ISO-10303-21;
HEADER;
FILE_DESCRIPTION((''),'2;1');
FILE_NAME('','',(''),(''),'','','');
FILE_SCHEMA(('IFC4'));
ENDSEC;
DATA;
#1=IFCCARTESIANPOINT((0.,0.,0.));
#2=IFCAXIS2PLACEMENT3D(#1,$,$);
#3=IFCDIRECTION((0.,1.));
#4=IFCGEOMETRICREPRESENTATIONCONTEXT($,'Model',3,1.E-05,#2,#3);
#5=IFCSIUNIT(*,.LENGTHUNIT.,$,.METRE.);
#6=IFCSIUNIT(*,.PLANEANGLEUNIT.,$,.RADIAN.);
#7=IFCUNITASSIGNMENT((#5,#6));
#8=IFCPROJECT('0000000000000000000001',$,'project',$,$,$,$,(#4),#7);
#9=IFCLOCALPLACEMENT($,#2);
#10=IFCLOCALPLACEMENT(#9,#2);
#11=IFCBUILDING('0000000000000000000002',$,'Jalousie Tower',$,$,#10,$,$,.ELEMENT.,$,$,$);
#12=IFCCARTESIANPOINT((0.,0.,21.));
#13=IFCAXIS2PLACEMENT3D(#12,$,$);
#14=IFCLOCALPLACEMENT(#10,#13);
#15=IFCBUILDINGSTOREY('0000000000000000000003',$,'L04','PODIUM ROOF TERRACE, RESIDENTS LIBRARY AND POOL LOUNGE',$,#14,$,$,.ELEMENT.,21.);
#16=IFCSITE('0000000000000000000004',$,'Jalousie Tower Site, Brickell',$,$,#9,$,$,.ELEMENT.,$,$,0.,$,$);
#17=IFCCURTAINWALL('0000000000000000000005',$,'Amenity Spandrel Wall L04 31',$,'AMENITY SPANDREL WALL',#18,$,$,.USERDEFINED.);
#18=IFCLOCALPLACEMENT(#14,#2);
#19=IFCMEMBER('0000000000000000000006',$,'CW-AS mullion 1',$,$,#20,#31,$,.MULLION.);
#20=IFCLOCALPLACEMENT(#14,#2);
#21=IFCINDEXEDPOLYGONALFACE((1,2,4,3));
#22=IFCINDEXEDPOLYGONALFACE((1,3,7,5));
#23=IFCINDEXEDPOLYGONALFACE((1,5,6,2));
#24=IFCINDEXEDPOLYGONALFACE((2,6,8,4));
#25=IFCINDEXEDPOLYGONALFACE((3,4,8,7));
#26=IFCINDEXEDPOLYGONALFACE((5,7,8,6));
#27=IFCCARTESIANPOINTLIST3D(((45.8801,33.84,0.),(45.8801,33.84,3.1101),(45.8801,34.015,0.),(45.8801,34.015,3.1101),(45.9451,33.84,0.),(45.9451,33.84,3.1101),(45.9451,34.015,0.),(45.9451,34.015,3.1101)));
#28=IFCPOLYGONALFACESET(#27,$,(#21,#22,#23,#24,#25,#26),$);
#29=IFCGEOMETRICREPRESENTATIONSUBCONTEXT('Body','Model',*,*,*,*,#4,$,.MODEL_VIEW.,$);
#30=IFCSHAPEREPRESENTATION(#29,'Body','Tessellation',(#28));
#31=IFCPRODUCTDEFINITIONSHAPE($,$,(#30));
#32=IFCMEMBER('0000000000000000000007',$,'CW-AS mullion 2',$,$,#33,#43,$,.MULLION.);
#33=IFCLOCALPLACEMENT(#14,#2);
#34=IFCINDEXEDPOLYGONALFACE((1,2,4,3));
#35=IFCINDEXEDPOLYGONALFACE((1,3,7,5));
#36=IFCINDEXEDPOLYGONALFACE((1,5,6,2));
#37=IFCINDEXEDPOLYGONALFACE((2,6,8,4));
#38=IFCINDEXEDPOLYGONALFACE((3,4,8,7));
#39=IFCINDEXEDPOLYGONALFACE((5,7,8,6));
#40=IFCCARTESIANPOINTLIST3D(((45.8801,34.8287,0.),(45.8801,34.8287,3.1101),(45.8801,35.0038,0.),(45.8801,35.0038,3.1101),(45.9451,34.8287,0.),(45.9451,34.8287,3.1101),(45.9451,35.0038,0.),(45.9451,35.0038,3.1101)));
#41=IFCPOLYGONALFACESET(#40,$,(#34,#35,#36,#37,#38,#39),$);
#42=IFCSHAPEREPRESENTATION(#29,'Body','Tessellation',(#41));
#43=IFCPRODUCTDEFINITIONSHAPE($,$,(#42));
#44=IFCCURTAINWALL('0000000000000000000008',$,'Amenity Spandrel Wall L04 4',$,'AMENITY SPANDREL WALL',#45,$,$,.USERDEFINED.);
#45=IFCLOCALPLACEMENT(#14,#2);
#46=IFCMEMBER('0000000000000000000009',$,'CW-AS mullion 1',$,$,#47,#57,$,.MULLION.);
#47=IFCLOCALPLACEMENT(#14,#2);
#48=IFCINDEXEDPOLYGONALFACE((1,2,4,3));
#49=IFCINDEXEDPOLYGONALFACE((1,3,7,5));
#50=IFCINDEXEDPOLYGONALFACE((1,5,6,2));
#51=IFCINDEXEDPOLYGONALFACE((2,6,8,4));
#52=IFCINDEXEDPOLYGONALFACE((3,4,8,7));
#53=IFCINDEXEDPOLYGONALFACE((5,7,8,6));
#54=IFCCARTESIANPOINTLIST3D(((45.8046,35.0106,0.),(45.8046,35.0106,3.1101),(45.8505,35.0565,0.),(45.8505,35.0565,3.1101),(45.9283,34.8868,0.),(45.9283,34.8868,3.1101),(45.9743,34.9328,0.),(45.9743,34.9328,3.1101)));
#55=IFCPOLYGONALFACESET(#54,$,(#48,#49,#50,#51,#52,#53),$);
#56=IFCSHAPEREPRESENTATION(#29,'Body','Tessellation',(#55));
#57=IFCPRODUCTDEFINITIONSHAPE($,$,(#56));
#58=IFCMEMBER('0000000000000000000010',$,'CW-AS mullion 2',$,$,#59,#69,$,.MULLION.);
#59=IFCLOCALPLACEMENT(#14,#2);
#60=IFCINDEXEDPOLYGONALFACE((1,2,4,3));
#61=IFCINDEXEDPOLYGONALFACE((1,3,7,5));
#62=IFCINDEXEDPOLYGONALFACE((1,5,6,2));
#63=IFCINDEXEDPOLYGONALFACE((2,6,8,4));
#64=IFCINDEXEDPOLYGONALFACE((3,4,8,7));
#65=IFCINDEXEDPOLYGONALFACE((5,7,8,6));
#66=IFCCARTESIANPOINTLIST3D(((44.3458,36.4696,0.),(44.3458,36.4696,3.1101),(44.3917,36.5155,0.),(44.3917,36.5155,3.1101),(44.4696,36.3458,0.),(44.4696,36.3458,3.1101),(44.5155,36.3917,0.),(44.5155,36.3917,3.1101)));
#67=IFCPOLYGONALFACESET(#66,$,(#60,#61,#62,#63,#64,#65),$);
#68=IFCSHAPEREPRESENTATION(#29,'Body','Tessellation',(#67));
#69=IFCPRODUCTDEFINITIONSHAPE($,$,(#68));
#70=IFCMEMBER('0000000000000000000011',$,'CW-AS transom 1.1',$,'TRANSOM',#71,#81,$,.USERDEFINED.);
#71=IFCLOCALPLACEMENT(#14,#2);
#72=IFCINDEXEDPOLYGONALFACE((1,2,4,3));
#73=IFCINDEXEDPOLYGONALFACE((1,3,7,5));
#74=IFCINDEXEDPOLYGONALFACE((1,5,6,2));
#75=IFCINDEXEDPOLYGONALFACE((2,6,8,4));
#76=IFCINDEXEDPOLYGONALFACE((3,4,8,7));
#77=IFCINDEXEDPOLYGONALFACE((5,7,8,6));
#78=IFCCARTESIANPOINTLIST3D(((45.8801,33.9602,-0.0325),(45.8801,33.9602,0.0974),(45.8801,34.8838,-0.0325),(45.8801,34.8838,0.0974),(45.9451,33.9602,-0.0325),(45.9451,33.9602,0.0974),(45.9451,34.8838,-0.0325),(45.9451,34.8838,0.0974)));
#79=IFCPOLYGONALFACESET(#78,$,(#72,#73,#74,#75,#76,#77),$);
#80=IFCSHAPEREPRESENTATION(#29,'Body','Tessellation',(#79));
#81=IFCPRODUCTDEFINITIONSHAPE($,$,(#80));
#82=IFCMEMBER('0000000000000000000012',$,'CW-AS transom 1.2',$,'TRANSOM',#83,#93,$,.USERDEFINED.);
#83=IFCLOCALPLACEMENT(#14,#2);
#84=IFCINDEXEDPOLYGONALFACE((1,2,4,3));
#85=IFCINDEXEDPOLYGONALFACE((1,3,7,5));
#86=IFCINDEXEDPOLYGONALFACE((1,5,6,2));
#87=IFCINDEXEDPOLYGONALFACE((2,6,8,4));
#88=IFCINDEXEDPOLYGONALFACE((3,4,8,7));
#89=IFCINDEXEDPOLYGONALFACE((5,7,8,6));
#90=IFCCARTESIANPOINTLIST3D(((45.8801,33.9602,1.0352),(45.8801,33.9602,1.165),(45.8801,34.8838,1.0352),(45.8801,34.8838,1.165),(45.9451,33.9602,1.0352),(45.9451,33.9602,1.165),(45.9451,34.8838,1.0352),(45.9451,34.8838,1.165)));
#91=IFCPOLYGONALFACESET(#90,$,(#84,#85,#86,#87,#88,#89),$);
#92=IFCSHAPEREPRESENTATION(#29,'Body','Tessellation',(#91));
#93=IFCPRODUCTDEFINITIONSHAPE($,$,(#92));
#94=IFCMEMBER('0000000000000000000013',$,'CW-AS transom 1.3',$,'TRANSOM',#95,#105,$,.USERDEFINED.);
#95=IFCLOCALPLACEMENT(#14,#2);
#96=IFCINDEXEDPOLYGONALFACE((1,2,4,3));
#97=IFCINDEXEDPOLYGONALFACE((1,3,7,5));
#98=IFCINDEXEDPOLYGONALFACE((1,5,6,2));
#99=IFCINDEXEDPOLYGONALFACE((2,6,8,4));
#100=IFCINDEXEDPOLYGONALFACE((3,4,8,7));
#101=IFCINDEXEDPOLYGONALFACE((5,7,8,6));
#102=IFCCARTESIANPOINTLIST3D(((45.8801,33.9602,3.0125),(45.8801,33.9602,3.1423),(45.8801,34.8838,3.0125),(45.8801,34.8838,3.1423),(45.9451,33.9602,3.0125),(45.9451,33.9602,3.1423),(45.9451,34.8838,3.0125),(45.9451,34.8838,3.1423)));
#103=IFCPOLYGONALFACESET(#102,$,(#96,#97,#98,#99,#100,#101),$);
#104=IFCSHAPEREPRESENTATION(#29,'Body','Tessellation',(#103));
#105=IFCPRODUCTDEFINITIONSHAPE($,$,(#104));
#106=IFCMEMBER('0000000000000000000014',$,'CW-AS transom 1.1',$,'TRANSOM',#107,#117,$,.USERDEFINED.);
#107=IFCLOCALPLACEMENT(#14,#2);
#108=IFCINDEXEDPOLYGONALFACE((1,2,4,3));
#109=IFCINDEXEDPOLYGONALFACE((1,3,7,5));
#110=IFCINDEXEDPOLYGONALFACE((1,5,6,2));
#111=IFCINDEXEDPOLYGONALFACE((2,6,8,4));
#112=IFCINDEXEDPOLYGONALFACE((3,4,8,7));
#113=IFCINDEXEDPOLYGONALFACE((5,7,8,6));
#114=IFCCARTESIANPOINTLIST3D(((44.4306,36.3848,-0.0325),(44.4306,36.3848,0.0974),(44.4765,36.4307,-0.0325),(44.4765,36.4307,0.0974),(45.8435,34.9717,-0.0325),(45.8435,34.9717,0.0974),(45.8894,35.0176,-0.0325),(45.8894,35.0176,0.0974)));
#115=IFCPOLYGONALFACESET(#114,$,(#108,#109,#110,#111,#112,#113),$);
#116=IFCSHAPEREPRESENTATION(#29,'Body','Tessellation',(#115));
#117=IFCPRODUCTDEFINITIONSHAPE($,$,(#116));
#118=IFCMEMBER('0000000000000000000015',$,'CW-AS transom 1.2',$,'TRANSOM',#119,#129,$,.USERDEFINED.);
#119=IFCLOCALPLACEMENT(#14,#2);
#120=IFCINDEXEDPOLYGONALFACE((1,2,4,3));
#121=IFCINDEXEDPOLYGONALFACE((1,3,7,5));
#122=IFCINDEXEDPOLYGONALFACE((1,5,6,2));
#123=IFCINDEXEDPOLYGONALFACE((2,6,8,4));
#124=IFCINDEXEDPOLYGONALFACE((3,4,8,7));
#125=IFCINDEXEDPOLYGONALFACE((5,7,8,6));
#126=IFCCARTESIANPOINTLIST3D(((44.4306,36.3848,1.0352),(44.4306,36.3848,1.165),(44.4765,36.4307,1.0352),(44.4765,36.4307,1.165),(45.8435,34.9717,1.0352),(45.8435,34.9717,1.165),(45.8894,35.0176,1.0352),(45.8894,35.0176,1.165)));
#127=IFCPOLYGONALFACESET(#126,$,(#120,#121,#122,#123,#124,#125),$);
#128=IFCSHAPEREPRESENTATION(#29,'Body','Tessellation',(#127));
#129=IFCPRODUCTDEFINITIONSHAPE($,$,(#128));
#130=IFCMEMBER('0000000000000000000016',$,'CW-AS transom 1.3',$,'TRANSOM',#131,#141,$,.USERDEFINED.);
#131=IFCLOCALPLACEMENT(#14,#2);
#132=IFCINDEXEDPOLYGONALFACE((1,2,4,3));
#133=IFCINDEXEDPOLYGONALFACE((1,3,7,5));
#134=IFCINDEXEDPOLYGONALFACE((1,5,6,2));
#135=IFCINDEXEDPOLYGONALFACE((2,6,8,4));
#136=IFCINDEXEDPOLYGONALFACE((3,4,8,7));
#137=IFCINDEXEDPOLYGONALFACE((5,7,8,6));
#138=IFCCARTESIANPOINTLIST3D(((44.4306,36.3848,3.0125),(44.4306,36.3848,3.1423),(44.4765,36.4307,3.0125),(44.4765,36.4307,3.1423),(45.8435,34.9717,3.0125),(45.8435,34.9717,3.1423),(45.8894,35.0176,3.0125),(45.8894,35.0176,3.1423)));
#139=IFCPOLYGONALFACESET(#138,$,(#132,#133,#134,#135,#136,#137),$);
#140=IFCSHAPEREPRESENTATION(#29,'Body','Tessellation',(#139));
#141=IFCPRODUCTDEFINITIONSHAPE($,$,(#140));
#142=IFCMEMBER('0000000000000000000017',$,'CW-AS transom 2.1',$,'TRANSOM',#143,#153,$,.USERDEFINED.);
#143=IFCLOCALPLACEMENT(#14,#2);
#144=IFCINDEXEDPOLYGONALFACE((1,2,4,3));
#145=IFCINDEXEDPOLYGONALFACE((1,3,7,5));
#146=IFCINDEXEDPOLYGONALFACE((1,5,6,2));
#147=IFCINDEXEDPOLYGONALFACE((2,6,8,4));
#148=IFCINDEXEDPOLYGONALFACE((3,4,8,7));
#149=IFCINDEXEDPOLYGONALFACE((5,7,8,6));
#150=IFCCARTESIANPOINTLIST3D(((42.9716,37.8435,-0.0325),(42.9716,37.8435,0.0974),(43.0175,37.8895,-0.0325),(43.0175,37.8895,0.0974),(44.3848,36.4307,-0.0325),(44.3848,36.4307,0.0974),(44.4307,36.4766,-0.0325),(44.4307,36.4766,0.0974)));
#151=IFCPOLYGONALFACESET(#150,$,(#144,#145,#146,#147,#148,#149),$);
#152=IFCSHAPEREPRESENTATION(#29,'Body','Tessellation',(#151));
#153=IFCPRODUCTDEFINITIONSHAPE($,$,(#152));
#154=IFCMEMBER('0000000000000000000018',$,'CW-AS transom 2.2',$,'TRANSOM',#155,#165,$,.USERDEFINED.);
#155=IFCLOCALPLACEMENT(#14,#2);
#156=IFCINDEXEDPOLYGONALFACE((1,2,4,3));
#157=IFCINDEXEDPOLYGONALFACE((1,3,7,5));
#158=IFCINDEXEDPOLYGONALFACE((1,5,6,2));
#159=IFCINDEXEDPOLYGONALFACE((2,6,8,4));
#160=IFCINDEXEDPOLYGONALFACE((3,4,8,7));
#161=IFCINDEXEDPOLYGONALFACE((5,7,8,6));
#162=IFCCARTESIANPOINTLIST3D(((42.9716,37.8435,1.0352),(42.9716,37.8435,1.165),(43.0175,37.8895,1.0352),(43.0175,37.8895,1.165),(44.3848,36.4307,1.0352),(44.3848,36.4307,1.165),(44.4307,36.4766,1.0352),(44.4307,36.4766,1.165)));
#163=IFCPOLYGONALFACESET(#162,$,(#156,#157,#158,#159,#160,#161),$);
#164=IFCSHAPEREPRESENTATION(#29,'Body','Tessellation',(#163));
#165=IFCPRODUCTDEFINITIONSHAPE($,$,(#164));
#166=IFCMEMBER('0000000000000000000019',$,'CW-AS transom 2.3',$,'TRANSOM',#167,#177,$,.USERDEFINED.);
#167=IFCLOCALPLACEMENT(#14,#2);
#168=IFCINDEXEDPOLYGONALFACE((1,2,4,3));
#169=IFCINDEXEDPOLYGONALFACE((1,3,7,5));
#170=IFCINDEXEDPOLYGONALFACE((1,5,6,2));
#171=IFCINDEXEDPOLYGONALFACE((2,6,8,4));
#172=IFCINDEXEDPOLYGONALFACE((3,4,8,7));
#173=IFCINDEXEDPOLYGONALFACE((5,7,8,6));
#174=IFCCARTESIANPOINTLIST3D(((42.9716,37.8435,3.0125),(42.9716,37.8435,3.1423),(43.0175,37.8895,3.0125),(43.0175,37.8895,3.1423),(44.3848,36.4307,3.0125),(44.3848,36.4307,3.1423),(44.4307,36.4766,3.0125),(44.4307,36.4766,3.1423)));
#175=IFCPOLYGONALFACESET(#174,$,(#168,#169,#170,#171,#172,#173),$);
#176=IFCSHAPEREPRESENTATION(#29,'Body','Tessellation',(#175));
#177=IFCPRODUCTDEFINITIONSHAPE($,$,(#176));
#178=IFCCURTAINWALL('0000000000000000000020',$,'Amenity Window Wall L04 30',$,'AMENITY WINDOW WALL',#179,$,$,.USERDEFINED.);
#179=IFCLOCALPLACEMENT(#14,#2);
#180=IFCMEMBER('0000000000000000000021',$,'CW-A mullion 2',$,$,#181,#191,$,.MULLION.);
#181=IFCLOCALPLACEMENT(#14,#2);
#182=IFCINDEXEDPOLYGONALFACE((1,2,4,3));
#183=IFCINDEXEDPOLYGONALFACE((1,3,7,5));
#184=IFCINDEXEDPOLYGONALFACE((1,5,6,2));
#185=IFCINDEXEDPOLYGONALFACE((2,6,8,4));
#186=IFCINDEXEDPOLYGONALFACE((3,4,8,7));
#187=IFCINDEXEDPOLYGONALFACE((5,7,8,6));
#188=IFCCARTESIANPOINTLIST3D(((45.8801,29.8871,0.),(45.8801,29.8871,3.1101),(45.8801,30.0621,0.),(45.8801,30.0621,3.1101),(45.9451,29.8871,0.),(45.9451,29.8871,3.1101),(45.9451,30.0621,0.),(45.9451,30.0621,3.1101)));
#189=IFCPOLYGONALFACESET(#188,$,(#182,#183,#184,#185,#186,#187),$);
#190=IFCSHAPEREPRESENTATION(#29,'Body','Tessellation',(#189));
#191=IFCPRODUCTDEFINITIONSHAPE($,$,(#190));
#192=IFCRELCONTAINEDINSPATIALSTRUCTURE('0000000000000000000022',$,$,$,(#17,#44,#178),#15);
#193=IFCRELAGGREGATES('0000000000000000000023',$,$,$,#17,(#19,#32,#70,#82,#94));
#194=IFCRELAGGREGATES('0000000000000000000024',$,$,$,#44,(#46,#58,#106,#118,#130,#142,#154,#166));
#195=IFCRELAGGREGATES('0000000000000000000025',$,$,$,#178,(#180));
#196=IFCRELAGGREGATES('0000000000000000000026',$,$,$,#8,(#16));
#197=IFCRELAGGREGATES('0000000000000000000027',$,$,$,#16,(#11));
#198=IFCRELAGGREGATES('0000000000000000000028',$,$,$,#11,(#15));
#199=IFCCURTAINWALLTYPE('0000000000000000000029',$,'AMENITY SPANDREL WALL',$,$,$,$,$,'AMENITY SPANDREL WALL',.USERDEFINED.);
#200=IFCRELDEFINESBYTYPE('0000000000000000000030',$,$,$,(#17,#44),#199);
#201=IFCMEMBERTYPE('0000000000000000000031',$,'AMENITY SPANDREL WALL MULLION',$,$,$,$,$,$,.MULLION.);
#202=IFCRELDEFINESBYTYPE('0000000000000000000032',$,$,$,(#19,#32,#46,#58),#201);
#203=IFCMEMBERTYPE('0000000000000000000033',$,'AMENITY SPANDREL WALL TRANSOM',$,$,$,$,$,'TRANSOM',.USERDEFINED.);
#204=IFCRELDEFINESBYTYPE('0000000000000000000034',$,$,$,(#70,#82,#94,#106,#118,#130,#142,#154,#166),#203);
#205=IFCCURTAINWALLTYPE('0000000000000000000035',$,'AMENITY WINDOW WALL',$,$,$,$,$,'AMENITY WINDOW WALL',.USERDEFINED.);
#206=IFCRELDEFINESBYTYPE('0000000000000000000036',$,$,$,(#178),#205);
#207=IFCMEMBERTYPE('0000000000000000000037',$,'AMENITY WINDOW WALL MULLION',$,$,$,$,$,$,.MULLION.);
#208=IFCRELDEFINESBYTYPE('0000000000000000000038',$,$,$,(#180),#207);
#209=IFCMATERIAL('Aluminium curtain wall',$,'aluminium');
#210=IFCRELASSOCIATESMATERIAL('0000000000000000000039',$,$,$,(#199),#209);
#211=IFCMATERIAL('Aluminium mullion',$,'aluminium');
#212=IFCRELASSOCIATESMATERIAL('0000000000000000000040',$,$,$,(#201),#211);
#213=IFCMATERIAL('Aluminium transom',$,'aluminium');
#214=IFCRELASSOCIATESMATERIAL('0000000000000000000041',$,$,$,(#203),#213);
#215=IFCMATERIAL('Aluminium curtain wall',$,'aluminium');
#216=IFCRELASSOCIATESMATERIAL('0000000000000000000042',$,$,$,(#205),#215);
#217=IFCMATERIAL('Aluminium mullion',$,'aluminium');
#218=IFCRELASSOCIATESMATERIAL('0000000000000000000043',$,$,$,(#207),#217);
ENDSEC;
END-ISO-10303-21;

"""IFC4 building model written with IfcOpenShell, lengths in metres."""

from ifc_helpers import new_model, si_unit, direction, frame, origin, origin_2d, place, context, subcontext, project, spatial, rectangle, extrude, material, material_profile, profile_set, type_object, element, aggregate, save


model = new_model("IFC4")

# Units and contexts
model_context = context("Model", 3, precision=1e-05, world=origin(), true_north=direction((0.0, 1.0)))
body_context = subcontext(model_context, "Body", "Model", "MODEL_VIEW")
ifc_project = project(units=[si_unit("LENGTHUNIT", "METRE"), si_unit("PLANEANGLEUNIT", "RADIAN")], contexts=[model_context])

# Site, building, storey
site_placement = place(None, origin())
site = spatial("IfcSite", under=ifc_project, at=site_placement, Name="Jalousie Tower Site, Brickell", CompositionType="ELEMENT", RefElevation=0.0)
building_placement = place(site_placement, origin())
building = spatial("IfcBuilding", under=site, at=building_placement, Name="Jalousie Tower", CompositionType="ELEMENT")
storey_placement = place(building_placement, frame((0.0, 0.0, 21.0)))
storey = spatial("IfcBuildingStorey", under=building, at=storey_placement, Name="L04", Description="PODIUM ROOF TERRACE, RESIDENTS LIBRARY AND POOL LOUNGE", CompositionType="ELEMENT", Elevation=21.0)

# Curtain walls, members
ifc_material_1 = material(Name="Aluminium curtain wall", Category="aluminium")
curtain_wall_type_1 = type_object("IfcCurtainWallType", Name="AMENITY SPANDREL WALL", ElementType="AMENITY SPANDREL WALL", PredefinedType="USERDEFINED", material=ifc_material_1)
curtain_wall_1_placement = place(storey_placement, origin())
curtain_wall_1 = element("IfcCurtainWall", 1, at=curtain_wall_1_placement, inside=storey, type_object=curtain_wall_type_1, Name="Amenity Spandrel Wall L04 31", ObjectType="AMENITY SPANDREL WALL", PredefinedType="USERDEFINED")
ifc_material_2 = material(Name="Aluminium mullion", Category="aluminium")
ifc_material_profile_1 = material_profile(ifc_material_2, rectangle(XDim=0.0649, YDim=0.175, at=origin_2d()), Name="MULLION 65x175")
ifc_profile_set_1 = profile_set([ifc_material_profile_1], Name="Aluminium mullion")
member_type_1 = type_object("IfcMemberType", Name="AMENITY SPANDREL WALL MULLION", PredefinedType="MULLION", material=ifc_profile_set_1)
member_1_placement = place(storey_placement, frame((45.9126, 33.9275, 0.0), z_axis=(0.0, 0.0, 1.0), x_axis=(-1.0, 0.0, 0.0)))
member_1 = element("IfcMember", 2, at=member_1_placement, type_object=member_type_1, Name="CW-AS mullion 1", PredefinedType="MULLION", context=body_context, shape_type="SweptSolid", body=[
    extrude(rectangle(XDim=0.0649, YDim=0.175, at=origin_2d()), origin(), (0.0, 0.0, 1.0), 3.1101),
])
member_2_placement = place(storey_placement, frame((45.9126, 34.9163, 0.0), z_axis=(0.0, 0.0, 1.0), x_axis=(-1.0, 0.0, 0.0)))
member_2 = element("IfcMember", 3, at=member_2_placement, type_object=member_type_1, Name="CW-AS mullion 2", PredefinedType="MULLION", context=body_context, shape_type="SweptSolid", body=[
    extrude(rectangle(XDim=0.0649, YDim=0.175, at=origin_2d()), origin(), (0.0, 0.0, 1.0), 3.1101),
])
curtain_wall_2_placement = place(storey_placement, origin())
curtain_wall_2 = element("IfcCurtainWall", 4, at=curtain_wall_2_placement, inside=storey, type_object=curtain_wall_type_1, Name="Amenity Spandrel Wall L04 4", ObjectType="AMENITY SPANDREL WALL", PredefinedType="USERDEFINED")
member_3_placement = place(storey_placement, frame((45.8894, 34.9717, 0.0), z_axis=(0.0, 0.0, 1.0), x_axis=(-0.707107, -0.707107, 0.0)))
member_3 = element("IfcMember", 5, at=member_3_placement, type_object=member_type_1, Name="CW-AS mullion 1", PredefinedType="MULLION", context=body_context, shape_type="SweptSolid", body=[
    extrude(rectangle(XDim=0.0649, YDim=0.175, at=origin_2d()), origin(), (0.0, 0.0, 1.0), 3.1101),
])
member_4_placement = place(storey_placement, frame((44.4307, 36.4307, 0.0), z_axis=(0.0, 0.0, 1.0), x_axis=(-0.707107, -0.707107, 0.0)))
member_4 = element("IfcMember", 6, at=member_4_placement, type_object=member_type_1, Name="CW-AS mullion 2", PredefinedType="MULLION", context=body_context, shape_type="SweptSolid", body=[
    extrude(rectangle(XDim=0.0649, YDim=0.175, at=origin_2d()), origin(), (0.0, 0.0, 1.0), 3.1101),
])

# Members
ifc_material_3 = material(Name="Aluminium transom", Category="aluminium")
ifc_material_profile_2 = material_profile(ifc_material_3, rectangle(XDim=0.0649, YDim=0.1299, at=origin_2d()), Name="TRANSOM 65x130")
ifc_profile_set_2 = profile_set([ifc_material_profile_2], Name="Aluminium transom")
member_type_2 = type_object("IfcMemberType", Name="AMENITY SPANDREL WALL TRANSOM", ElementType="TRANSOM", PredefinedType="USERDEFINED", material=ifc_profile_set_2)
member_5_placement = place(storey_placement, frame((45.9126, 33.9602, 0.0325), z_axis=(0.0, 1.0, 0.0), x_axis=(-1.0, 0.0, 0.0)))
member_5 = element("IfcMember", 7, at=member_5_placement, type_object=member_type_2, Name="CW-AS transom 1.1", ObjectType="TRANSOM", PredefinedType="USERDEFINED", context=body_context, shape_type="SweptSolid", body=[
    extrude(rectangle(XDim=0.0649, YDim=0.1299, at=origin_2d()), origin(), (0.0, 0.0, 1.0), 0.9236),
])
member_6_placement = place(storey_placement, frame((45.9126, 33.9602, 1.1001), z_axis=(0.0, 1.0, 0.0), x_axis=(-1.0, 0.0, 0.0)))
member_6 = element("IfcMember", 8, at=member_6_placement, type_object=member_type_2, Name="CW-AS transom 1.2", ObjectType="TRANSOM", PredefinedType="USERDEFINED", context=body_context, shape_type="SweptSolid", body=[
    extrude(rectangle(XDim=0.0649, YDim=0.1299, at=origin_2d()), origin(), (0.0, 0.0, 1.0), 0.9236),
])
member_7_placement = place(storey_placement, frame((45.9126, 33.9602, 3.0774), z_axis=(0.0, 1.0, 0.0), x_axis=(-1.0, 0.0, 0.0)))
member_7 = element("IfcMember", 9, at=member_7_placement, type_object=member_type_2, Name="CW-AS transom 1.3", ObjectType="TRANSOM", PredefinedType="USERDEFINED", context=body_context, shape_type="SweptSolid", body=[
    extrude(rectangle(XDim=0.0649, YDim=0.1299, at=origin_2d()), origin(), (0.0, 0.0, 1.0), 0.9236),
])
member_8_placement = place(storey_placement, frame((45.8665, 34.9946, 0.0325), z_axis=(-0.707046, 0.707168, 0.0), x_axis=(-0.707168, -0.707046, 0.0)))
member_8 = element("IfcMember", 10, at=member_8_placement, type_object=member_type_2, Name="CW-AS transom 1.1", ObjectType="TRANSOM", PredefinedType="USERDEFINED", context=body_context, shape_type="SweptSolid", body=[
    extrude(rectangle(XDim=0.0649, YDim=0.1299, at=origin_2d()), origin(), (0.0, 0.0, 1.0), 1.9983),
])
member_9_placement = place(storey_placement, frame((45.8665, 34.9946, 1.1001), z_axis=(-0.707046, 0.707168, 0.0), x_axis=(-0.707168, -0.707046, 0.0)))
member_9 = element("IfcMember", 11, at=member_9_placement, type_object=member_type_2, Name="CW-AS transom 1.2", ObjectType="TRANSOM", PredefinedType="USERDEFINED", context=body_context, shape_type="SweptSolid", body=[
    extrude(rectangle(XDim=0.0649, YDim=0.1299, at=origin_2d()), origin(), (0.0, 0.0, 1.0), 1.9983),
])
member_10_placement = place(storey_placement, frame((45.8665, 34.9946, 3.0774), z_axis=(-0.707046, 0.707168, 0.0), x_axis=(-0.707168, -0.707046, 0.0)))
member_10 = element("IfcMember", 12, at=member_10_placement, type_object=member_type_2, Name="CW-AS transom 1.3", ObjectType="TRANSOM", PredefinedType="USERDEFINED", context=body_context, shape_type="SweptSolid", body=[
    extrude(rectangle(XDim=0.0649, YDim=0.1299, at=origin_2d()), origin(), (0.0, 0.0, 1.0), 1.9983),
])
member_11_placement = place(storey_placement, frame((44.4077, 36.4536, 0.0325), z_axis=(-0.707168, 0.707046, 0.0), x_axis=(-0.707046, -0.707168, 0.0)))
member_11 = element("IfcMember", 13, at=member_11_placement, type_object=member_type_2, Name="CW-AS transom 2.1", ObjectType="TRANSOM", PredefinedType="USERDEFINED", context=body_context, shape_type="SweptSolid", body=[
    extrude(rectangle(XDim=0.0649, YDim=0.1299, at=origin_2d()), origin(), (0.0, 0.0, 1.0), 1.9983),
])
member_12_placement = place(storey_placement, frame((44.4077, 36.4536, 1.1001), z_axis=(-0.707168, 0.707046, 0.0), x_axis=(-0.707046, -0.707168, 0.0)))
member_12 = element("IfcMember", 14, at=member_12_placement, type_object=member_type_2, Name="CW-AS transom 2.2", ObjectType="TRANSOM", PredefinedType="USERDEFINED", context=body_context, shape_type="SweptSolid", body=[
    extrude(rectangle(XDim=0.0649, YDim=0.1299, at=origin_2d()), origin(), (0.0, 0.0, 1.0), 1.9983),
])
member_13_placement = place(storey_placement, frame((44.4077, 36.4536, 3.0774), z_axis=(-0.707168, 0.707046, 0.0), x_axis=(-0.707046, -0.707168, 0.0)))
member_13 = element("IfcMember", 15, at=member_13_placement, type_object=member_type_2, Name="CW-AS transom 2.3", ObjectType="TRANSOM", PredefinedType="USERDEFINED", context=body_context, shape_type="SweptSolid", body=[
    extrude(rectangle(XDim=0.0649, YDim=0.1299, at=origin_2d()), origin(), (0.0, 0.0, 1.0), 1.9983),
])

# Curtain wall, member
ifc_material_4 = material(Name="Aluminium curtain wall", Category="aluminium")
curtain_wall_type_2 = type_object("IfcCurtainWallType", Name="AMENITY WINDOW WALL", ElementType="AMENITY WINDOW WALL", PredefinedType="USERDEFINED", material=ifc_material_4)
curtain_wall_3_placement = place(storey_placement, origin())
curtain_wall_3 = element("IfcCurtainWall", 16, at=curtain_wall_3_placement, inside=storey, type_object=curtain_wall_type_2, Name="Amenity Window Wall L04 30", ObjectType="AMENITY WINDOW WALL", PredefinedType="USERDEFINED")
ifc_material_5 = material(Name="Aluminium mullion", Category="aluminium")
ifc_material_profile_3 = material_profile(ifc_material_5, rectangle(XDim=0.0649, YDim=0.175, at=origin_2d()), Name="MULLION 65x175")
ifc_profile_set_3 = profile_set([ifc_material_profile_3], Name="Aluminium mullion")
member_type_3 = type_object("IfcMemberType", Name="AMENITY WINDOW WALL MULLION", PredefinedType="MULLION", material=ifc_profile_set_3)
member_14_placement = place(storey_placement, frame((45.9126, 29.9746, 0.0), z_axis=(0.0, 0.0, 1.0), x_axis=(-1.0, 0.0, 0.0)))
member_14 = element("IfcMember", 17, at=member_14_placement, type_object=member_type_3, Name="CW-A mullion 2", PredefinedType="MULLION", context=body_context, shape_type="SweptSolid", body=[
    extrude(rectangle(XDim=0.0649, YDim=0.175, at=origin_2d()), origin(), (0.0, 0.0, 1.0), 3.1101),
])

aggregate(curtain_wall_1, [member_1, member_2, member_5, member_6, member_7])
aggregate(curtain_wall_2, [member_3, member_4, member_8, member_9, member_10, member_11, member_12, member_13])
aggregate(curtain_wall_3, [member_14])

save(model, "model.ifc")
